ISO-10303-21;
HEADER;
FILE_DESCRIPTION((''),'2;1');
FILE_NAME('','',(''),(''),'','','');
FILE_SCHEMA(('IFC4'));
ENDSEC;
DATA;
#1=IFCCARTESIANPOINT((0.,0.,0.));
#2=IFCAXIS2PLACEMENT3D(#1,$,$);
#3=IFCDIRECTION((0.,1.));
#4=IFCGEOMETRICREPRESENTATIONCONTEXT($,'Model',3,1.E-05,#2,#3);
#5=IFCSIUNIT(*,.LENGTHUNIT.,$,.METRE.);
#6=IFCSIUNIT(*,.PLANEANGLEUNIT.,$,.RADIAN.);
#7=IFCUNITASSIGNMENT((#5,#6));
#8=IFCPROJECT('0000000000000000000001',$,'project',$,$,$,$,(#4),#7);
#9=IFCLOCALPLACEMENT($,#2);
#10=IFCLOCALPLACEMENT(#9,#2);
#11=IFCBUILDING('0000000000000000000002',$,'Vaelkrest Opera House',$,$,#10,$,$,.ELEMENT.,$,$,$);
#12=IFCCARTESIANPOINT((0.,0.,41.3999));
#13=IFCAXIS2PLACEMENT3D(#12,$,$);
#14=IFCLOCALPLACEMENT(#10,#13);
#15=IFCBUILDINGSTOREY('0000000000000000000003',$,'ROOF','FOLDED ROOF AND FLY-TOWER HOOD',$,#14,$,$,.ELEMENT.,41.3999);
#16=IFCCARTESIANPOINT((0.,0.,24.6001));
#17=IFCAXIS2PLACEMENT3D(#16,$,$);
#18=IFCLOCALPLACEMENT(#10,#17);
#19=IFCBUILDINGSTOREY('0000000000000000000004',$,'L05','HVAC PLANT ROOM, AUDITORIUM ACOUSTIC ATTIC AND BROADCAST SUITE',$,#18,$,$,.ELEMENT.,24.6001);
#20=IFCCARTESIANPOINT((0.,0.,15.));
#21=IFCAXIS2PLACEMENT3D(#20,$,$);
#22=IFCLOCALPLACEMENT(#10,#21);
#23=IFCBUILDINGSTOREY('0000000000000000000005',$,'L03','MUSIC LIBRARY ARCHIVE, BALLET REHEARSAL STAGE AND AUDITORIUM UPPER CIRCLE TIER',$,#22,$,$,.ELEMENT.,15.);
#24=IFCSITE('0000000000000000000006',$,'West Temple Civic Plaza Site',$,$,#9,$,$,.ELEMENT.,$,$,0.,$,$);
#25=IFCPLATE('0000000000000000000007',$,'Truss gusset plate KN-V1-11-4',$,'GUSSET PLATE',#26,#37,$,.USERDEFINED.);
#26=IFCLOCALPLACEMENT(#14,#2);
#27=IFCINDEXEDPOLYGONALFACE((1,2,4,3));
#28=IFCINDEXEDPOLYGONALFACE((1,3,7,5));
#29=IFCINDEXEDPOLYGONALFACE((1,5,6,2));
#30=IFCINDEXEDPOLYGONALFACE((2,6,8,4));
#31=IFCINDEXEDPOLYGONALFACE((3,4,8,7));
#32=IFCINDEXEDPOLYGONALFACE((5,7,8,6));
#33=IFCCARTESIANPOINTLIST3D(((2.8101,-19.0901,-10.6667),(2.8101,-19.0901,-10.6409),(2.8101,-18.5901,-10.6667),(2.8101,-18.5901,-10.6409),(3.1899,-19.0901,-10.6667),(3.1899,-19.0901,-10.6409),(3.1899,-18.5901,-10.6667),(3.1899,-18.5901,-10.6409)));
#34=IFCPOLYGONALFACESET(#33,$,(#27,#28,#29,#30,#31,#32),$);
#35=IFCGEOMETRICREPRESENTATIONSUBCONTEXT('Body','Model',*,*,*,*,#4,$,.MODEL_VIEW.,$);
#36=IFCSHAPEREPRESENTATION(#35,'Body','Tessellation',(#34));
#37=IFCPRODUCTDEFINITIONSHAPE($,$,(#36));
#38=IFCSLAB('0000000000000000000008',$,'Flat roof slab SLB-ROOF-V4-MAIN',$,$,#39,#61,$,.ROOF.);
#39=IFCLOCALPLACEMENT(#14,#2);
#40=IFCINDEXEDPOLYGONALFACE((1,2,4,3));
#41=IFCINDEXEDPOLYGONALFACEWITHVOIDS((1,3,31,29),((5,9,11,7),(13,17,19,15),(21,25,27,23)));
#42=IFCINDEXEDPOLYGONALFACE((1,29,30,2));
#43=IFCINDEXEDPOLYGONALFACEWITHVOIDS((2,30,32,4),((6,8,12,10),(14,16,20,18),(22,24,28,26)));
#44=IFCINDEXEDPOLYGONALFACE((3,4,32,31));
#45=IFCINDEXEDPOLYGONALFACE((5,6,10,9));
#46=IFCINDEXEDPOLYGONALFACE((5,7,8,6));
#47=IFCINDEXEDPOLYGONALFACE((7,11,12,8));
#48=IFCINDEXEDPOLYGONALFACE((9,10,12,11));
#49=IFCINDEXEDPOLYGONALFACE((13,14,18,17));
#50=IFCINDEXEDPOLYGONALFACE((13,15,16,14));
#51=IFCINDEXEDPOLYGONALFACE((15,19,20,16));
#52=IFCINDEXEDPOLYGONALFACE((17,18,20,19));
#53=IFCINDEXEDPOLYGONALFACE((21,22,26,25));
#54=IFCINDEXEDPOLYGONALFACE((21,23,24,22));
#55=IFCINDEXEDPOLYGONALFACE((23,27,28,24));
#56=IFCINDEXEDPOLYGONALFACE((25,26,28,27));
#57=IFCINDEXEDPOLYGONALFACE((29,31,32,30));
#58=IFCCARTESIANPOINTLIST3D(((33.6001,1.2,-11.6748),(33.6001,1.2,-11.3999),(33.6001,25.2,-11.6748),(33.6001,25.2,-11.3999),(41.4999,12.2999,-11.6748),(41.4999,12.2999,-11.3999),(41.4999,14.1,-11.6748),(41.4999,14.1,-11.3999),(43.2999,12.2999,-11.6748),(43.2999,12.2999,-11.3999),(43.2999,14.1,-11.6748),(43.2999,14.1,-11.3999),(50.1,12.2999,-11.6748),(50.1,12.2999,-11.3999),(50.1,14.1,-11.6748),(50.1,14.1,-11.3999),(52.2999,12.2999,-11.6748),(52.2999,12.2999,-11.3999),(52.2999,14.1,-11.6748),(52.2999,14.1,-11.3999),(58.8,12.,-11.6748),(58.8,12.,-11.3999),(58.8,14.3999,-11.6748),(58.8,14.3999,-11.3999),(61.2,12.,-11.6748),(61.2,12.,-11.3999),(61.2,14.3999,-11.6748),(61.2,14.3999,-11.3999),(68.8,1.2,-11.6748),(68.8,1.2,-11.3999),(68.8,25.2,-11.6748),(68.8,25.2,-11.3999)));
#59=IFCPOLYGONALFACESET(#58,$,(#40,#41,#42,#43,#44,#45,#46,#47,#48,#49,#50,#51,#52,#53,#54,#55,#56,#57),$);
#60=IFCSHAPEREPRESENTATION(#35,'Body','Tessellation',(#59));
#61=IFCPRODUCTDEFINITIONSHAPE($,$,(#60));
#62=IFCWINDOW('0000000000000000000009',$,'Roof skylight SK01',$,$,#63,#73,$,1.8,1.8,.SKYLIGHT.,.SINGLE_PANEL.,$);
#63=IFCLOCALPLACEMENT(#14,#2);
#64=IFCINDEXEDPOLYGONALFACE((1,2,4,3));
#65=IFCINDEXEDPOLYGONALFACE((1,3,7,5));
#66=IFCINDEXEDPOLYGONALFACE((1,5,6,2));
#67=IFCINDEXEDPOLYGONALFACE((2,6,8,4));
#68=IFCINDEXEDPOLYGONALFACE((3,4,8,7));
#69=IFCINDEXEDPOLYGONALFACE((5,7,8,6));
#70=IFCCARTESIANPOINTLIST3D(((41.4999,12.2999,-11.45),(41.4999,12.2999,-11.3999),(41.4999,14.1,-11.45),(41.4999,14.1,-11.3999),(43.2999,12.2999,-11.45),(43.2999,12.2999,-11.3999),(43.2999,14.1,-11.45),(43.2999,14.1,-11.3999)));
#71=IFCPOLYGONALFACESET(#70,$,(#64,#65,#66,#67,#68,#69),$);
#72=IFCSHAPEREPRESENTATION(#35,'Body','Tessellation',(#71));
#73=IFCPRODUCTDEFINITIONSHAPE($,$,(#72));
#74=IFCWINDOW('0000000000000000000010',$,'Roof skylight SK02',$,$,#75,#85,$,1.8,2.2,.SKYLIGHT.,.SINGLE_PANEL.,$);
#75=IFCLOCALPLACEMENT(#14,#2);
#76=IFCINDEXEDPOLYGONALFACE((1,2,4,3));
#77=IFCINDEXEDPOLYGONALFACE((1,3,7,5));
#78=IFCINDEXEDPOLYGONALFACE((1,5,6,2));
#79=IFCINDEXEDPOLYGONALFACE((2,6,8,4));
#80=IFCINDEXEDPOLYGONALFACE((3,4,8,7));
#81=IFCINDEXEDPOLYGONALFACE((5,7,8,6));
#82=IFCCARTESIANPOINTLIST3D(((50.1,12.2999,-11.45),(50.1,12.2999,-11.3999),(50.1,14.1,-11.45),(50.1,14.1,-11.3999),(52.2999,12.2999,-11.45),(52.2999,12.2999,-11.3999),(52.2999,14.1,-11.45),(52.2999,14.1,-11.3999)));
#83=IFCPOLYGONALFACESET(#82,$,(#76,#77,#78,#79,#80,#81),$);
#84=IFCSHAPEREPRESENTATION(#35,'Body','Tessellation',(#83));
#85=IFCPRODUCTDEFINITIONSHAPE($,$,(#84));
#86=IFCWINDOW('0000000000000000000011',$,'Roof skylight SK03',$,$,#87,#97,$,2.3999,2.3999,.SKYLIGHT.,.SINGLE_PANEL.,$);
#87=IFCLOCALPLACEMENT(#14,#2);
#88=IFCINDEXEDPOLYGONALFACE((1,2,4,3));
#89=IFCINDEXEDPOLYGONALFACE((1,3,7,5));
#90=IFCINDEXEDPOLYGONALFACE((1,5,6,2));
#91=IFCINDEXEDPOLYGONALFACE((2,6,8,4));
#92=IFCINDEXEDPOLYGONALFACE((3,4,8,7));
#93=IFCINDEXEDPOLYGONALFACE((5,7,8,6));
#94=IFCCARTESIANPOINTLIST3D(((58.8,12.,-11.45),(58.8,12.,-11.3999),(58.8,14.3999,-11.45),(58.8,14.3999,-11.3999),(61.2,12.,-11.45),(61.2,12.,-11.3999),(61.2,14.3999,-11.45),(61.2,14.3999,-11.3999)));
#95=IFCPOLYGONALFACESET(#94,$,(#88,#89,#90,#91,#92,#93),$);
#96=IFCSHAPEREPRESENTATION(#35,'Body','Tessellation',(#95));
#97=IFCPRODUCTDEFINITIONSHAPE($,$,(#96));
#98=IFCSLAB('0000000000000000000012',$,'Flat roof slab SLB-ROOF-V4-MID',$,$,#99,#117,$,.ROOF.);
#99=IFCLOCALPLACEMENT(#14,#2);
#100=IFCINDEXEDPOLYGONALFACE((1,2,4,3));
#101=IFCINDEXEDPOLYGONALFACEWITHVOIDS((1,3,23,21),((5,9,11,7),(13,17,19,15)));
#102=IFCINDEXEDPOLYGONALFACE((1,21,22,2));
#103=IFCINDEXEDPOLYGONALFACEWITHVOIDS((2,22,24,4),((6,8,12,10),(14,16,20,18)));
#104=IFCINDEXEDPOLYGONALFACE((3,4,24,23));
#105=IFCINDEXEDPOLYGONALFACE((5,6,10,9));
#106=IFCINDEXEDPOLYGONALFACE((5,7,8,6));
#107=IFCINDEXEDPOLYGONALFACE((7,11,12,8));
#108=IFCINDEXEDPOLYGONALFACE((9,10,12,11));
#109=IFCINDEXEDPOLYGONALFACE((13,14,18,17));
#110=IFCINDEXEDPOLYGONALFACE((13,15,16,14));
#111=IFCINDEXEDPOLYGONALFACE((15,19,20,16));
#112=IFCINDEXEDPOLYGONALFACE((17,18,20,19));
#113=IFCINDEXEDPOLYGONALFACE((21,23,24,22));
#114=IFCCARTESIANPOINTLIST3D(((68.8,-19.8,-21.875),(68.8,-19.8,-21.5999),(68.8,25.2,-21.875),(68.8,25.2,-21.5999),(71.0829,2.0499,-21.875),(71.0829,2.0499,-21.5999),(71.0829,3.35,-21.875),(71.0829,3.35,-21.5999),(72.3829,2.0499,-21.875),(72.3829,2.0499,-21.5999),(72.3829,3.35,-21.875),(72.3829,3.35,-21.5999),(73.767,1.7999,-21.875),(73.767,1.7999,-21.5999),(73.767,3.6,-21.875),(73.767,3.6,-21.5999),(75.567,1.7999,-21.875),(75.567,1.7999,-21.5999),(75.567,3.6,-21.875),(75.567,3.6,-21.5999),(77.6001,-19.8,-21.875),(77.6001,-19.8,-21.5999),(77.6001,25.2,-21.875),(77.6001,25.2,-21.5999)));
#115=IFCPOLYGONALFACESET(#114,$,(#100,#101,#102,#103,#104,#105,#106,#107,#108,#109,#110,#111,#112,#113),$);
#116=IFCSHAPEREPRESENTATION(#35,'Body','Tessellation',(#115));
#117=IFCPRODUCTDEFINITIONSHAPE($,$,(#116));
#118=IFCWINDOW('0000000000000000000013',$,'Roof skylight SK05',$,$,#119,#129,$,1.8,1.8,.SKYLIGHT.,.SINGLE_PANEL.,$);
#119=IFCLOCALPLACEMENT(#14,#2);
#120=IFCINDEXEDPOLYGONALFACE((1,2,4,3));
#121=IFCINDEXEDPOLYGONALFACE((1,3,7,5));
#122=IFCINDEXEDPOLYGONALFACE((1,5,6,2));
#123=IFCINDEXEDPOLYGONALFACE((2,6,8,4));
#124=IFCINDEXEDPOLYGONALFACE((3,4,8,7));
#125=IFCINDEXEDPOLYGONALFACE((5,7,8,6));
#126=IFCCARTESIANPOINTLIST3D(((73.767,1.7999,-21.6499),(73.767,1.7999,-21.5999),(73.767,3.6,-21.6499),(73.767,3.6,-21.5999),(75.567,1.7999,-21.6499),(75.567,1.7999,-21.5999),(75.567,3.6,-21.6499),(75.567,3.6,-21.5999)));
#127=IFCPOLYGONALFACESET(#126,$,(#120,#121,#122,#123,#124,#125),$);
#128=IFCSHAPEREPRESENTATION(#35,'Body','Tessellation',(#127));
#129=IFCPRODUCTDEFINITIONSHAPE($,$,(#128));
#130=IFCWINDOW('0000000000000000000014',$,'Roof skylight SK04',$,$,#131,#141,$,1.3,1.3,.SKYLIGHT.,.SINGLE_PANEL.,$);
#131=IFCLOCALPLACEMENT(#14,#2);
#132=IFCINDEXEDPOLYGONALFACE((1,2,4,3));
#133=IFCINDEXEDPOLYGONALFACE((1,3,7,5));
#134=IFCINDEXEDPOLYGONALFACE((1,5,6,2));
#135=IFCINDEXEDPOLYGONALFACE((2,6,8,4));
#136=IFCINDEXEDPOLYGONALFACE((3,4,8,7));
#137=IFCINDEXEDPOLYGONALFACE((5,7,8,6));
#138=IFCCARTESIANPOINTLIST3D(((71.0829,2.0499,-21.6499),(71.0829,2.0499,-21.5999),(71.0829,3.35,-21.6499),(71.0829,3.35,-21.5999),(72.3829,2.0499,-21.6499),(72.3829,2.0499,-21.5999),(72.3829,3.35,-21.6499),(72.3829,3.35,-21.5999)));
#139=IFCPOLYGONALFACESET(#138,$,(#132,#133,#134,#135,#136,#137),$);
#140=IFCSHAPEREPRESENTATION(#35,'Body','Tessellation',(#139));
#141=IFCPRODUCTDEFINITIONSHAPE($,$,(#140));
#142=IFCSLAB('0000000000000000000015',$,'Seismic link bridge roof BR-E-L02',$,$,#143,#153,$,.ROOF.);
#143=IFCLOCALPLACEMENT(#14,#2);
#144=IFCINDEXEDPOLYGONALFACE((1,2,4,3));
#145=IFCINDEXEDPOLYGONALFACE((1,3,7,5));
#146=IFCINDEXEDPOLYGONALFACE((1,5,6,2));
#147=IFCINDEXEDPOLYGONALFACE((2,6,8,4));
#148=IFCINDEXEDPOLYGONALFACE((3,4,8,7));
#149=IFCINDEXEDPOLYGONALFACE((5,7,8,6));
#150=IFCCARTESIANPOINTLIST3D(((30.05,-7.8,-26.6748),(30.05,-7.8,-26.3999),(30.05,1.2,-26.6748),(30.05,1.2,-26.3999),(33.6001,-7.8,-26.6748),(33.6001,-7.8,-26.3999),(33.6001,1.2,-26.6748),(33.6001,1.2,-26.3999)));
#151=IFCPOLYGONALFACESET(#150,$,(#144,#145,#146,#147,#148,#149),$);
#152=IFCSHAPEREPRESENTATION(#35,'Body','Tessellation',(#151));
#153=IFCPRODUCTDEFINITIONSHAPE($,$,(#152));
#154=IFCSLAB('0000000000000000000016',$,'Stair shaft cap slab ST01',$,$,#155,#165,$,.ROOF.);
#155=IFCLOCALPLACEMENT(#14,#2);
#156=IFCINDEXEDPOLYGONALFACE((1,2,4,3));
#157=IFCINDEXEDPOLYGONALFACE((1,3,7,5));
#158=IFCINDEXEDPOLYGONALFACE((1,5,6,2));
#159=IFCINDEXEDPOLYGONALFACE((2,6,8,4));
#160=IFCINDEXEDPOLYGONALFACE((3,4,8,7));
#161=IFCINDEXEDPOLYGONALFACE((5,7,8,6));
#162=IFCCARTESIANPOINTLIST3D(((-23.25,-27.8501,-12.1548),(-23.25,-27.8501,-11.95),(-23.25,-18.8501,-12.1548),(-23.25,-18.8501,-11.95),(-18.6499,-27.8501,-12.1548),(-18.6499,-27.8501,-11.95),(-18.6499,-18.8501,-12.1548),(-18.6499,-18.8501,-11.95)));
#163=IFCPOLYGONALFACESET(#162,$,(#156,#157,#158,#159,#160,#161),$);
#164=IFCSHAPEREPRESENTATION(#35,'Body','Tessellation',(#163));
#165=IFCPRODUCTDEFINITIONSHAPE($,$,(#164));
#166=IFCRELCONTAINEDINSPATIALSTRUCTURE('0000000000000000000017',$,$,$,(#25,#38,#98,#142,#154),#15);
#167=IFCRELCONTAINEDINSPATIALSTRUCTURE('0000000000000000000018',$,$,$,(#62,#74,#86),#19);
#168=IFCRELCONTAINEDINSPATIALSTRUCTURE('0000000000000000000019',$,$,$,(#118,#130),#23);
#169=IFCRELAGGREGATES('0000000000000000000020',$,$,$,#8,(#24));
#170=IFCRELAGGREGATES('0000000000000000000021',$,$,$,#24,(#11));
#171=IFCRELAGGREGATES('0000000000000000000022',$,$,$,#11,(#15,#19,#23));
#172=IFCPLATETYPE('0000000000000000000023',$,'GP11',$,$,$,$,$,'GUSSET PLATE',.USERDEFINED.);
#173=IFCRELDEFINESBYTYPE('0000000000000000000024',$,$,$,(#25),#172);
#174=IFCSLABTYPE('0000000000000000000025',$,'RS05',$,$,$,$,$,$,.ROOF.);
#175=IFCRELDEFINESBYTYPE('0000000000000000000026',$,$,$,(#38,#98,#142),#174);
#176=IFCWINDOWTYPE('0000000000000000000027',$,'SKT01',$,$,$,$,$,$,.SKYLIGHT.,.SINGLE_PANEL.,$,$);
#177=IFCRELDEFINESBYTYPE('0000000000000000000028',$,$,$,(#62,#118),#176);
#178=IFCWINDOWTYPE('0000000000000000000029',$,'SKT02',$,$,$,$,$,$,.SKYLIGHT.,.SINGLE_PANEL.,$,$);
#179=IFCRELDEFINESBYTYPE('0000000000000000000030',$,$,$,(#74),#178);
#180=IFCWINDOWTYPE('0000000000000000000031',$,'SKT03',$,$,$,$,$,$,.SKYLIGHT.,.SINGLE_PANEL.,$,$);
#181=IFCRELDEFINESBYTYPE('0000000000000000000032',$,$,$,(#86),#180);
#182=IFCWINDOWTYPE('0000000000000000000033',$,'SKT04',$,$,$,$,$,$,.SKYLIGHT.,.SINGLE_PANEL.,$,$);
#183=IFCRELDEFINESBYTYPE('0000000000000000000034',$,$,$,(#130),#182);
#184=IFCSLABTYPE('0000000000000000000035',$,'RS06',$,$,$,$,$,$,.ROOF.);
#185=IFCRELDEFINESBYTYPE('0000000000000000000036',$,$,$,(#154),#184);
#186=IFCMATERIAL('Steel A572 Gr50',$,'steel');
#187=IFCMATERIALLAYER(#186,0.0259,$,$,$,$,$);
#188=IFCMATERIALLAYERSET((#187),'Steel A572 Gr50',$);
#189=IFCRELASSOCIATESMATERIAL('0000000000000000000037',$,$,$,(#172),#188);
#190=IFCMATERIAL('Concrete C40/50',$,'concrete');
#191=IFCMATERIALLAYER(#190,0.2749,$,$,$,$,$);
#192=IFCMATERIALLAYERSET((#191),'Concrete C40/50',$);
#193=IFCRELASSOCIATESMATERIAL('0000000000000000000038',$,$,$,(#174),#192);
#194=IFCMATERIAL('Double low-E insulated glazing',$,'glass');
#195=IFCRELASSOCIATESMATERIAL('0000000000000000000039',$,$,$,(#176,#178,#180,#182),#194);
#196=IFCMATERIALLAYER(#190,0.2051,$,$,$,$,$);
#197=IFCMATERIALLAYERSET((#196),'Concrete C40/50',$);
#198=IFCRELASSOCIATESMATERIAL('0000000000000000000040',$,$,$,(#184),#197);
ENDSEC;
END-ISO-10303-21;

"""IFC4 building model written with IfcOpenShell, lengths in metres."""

from ifc_helpers import new_model, si_unit, direction, frame, origin, origin_2d, place, context, subcontext, project, spatial, polyline, rectangle, outline, extrude, material, layer, layer_set, type_object, element, fill, save


model = new_model("IFC4")

# Units and contexts
model_context = context("Model", 3, precision=1e-05, world=origin(), true_north=direction((0.0, 1.0)))
body_context = subcontext(model_context, "Body", "Model", "MODEL_VIEW")
ifc_project = project(units=[si_unit("LENGTHUNIT", "METRE"), si_unit("PLANEANGLEUNIT", "RADIAN")], contexts=[model_context])

# Site, building, storey
site_placement = place(None, origin())
site = spatial("IfcSite", under=ifc_project, at=site_placement, Name="West Temple Civic Plaza Site", CompositionType="ELEMENT", RefElevation=0.0)
building_placement = place(site_placement, origin())
building = spatial("IfcBuilding", under=site, at=building_placement, Name="Vaelkrest Opera House", CompositionType="ELEMENT")
storey_1_placement = place(building_placement, frame((0.0, 0.0, 41.3999)))
storey_1 = spatial("IfcBuildingStorey", under=building, at=storey_1_placement, Name="ROOF", Description="FOLDED ROOF AND FLY-TOWER HOOD", CompositionType="ELEMENT", Elevation=41.3999)

# Plate
ifc_material_1 = material(Name="Steel A572 Gr50", Category="steel")
ifc_layer_1 = layer(ifc_material_1, 0.0259)
ifc_layer_set_1 = layer_set([ifc_layer_1], Name="Steel A572 Gr50")
plate_type = type_object("IfcPlateType", Name="GP11", ElementType="GUSSET PLATE", PredefinedType="USERDEFINED", material=ifc_layer_set_1)
plate_placement = place(storey_1_placement, frame((3.0, -18.8401, -10.6667), z_axis=(0.0, 0.0, 1.0), x_axis=(0.0, 1.0, 0.0)))
element("IfcPlate", 1, at=plate_placement, inside=storey_1, type_object=plate_type, Name="Truss gusset plate KN-V1-11-4", ObjectType="GUSSET PLATE", PredefinedType="USERDEFINED", context=body_context, shape_type="SweptSolid", body=[
    extrude(rectangle(XDim=0.5, YDim=0.3799, at=origin_2d()), origin(), (0.0, 0.0, 1.0), 0.0259),
])

# Slab, openings
ifc_material_2 = material(Name="Concrete C40/50", Category="concrete")
ifc_layer_2 = layer(ifc_material_2, 0.2749)
ifc_layer_set_2 = layer_set([ifc_layer_2], Name="Concrete C40/50")
slab_type_1 = type_object("IfcSlabType", Name="RS05", PredefinedType="ROOF", material=ifc_layer_set_2)
slab_1_placement = place(storey_1_placement, frame((0.0, 0.0, -11.6748)))
slab_1 = element("IfcSlab", 2, at=slab_1_placement, inside=storey_1, type_object=slab_type_1, Name="Flat roof slab SLB-ROOF-V4-MAIN", PredefinedType="ROOF", context=body_context, shape_type="SweptSolid", body=[
    extrude(outline(polyline([(33.6001, 1.2), (68.8, 1.2), (68.8, 25.2), (33.6001, 25.2), (33.6001, 1.2)])), origin(), (0.0, 0.0, 1.0), 0.2749),
])
opening_1_placement = place(slab_1_placement, frame((42.3999, 13.2, 0.0)))
opening_1 = element("IfcOpeningElement", 3, at=opening_1_placement, cuts=slab_1, PredefinedType="OPENING", context=body_context, shape_type="SweptSolid", body=[
    extrude(rectangle(XDim=1.8, YDim=1.8, at=origin_2d()), frame((0.0, 0.0, -0.01)), (0.0, 0.0, 1.0), 0.2949),
])
opening_2_placement = place(slab_1_placement, frame((51.2, 13.2, 0.0)))
opening_2 = element("IfcOpeningElement", 4, at=opening_2_placement, cuts=slab_1, PredefinedType="OPENING", context=body_context, shape_type="SweptSolid", body=[
    extrude(rectangle(XDim=2.2, YDim=1.8, at=origin_2d()), frame((0.0, 0.0, -0.01)), (0.0, 0.0, 1.0), 0.2949),
])
opening_3_placement = place(slab_1_placement, frame((60.0, 13.2, 0.0)))
opening_3 = element("IfcOpeningElement", 5, at=opening_3_placement, cuts=slab_1, PredefinedType="OPENING", context=body_context, shape_type="SweptSolid", body=[
    extrude(rectangle(XDim=2.3999, YDim=2.3999, at=origin_2d()), frame((0.0, 0.0, -0.01)), (0.0, 0.0, 1.0), 0.2949),
])

# Shared definitions
storey_2_placement = place(building_placement, frame((0.0, 0.0, 24.6001)))
storey_2 = spatial("IfcBuildingStorey", under=building, at=storey_2_placement, Name="L05", Description="HVAC PLANT ROOM, AUDITORIUM ACOUSTIC ATTIC AND BROADCAST SUITE", CompositionType="ELEMENT", Elevation=24.6001)

# Windows
ifc_material_3 = material(Name="Double low-E insulated glazing", Category="glass")
window_type_1 = type_object("IfcWindowType", Name="SKT01", PartitioningType="SINGLE_PANEL", PredefinedType="SKYLIGHT", material=ifc_material_3)
window_1_placement = place(opening_1_placement, frame((0.0, 0.0, 0.2249)))
window_1 = element("IfcWindow", 6, at=window_1_placement, inside=storey_2, type_object=window_type_1, Name="Roof skylight SK01", OverallHeight=1.8, OverallWidth=1.8, PartitioningType="SINGLE_PANEL", PredefinedType="SKYLIGHT", context=body_context, shape_type="SweptSolid", body=[
    extrude(rectangle(XDim=1.8, YDim=1.8, at=origin_2d()), origin(), (0.0, 0.0, 1.0), 0.05),
])
fill(opening_1, window_1)
window_type_2 = type_object("IfcWindowType", Name="SKT02", PartitioningType="SINGLE_PANEL", PredefinedType="SKYLIGHT", material=ifc_material_3)
window_2_placement = place(opening_2_placement, frame((0.0, 0.0, 0.2249)))
window_2 = element("IfcWindow", 7, at=window_2_placement, inside=storey_2, type_object=window_type_2, Name="Roof skylight SK02", OverallHeight=1.8, OverallWidth=2.2, PartitioningType="SINGLE_PANEL", PredefinedType="SKYLIGHT", context=body_context, shape_type="SweptSolid", body=[
    extrude(rectangle(XDim=2.2, YDim=1.8, at=origin_2d()), origin(), (0.0, 0.0, 1.0), 0.05),
])
fill(opening_2, window_2)
window_type_3 = type_object("IfcWindowType", Name="SKT03", PartitioningType="SINGLE_PANEL", PredefinedType="SKYLIGHT", material=ifc_material_3)
window_3_placement = place(opening_3_placement, frame((0.0, 0.0, 0.2249)))
window_3 = element("IfcWindow", 8, at=window_3_placement, inside=storey_2, type_object=window_type_3, Name="Roof skylight SK03", OverallHeight=2.3999, OverallWidth=2.3999, PartitioningType="SINGLE_PANEL", PredefinedType="SKYLIGHT", context=body_context, shape_type="SweptSolid", body=[
    extrude(rectangle(XDim=2.3999, YDim=2.3999, at=origin_2d()), origin(), (0.0, 0.0, 1.0), 0.05),
])
fill(opening_3, window_3)

# Slab, openings
slab_2_placement = place(storey_1_placement, frame((0.0, 0.0, -21.875)))
slab_2 = element("IfcSlab", 9, at=slab_2_placement, inside=storey_1, type_object=slab_type_1, Name="Flat roof slab SLB-ROOF-V4-MID", PredefinedType="ROOF", context=body_context, shape_type="SweptSolid", body=[
    extrude(outline(polyline([(68.8, -19.8), (77.6001, -19.8), (77.6001, 25.2), (68.8, 25.2), (68.8, -19.8)])), origin(), (0.0, 0.0, 1.0), 0.2751),
])
opening_4_placement = place(slab_2_placement, frame((71.7329, 2.7, 0.0)))
opening_4 = element("IfcOpeningElement", 10, at=opening_4_placement, cuts=slab_2, PredefinedType="OPENING", context=body_context, shape_type="SweptSolid", body=[
    extrude(rectangle(XDim=1.3, YDim=1.3, at=origin_2d()), frame((0.0, 0.0, -0.01)), (0.0, 0.0, 1.0), 0.2952),
])
opening_5_placement = place(slab_2_placement, frame((74.667, 2.7, 0.0)))
opening_5 = element("IfcOpeningElement", 11, at=opening_5_placement, cuts=slab_2, PredefinedType="OPENING", context=body_context, shape_type="SweptSolid", body=[
    extrude(rectangle(XDim=1.8, YDim=1.8, at=origin_2d()), frame((0.0, 0.0, -0.01)), (0.0, 0.0, 1.0), 0.2952),
])

# Shared definitions
storey_3_placement = place(building_placement, frame((0.0, 0.0, 15.0)))
storey_3 = spatial("IfcBuildingStorey", under=building, at=storey_3_placement, Name="L03", Description="MUSIC LIBRARY ARCHIVE, BALLET REHEARSAL STAGE AND AUDITORIUM UPPER CIRCLE TIER", CompositionType="ELEMENT", Elevation=15.0)

# Windows
window_4_placement = place(opening_5_placement, frame((0.0, 0.0, 0.2251)))
window_4 = element("IfcWindow", 12, at=window_4_placement, inside=storey_3, type_object=window_type_1, Name="Roof skylight SK05", OverallHeight=1.8, OverallWidth=1.8, PartitioningType="SINGLE_PANEL", PredefinedType="SKYLIGHT", context=body_context, shape_type="SweptSolid", body=[
    extrude(rectangle(XDim=1.8, YDim=1.8, at=origin_2d()), origin(), (0.0, 0.0, 1.0), 0.05),
])
fill(opening_5, window_4)
window_type_4 = type_object("IfcWindowType", Name="SKT04", PartitioningType="SINGLE_PANEL", PredefinedType="SKYLIGHT", material=ifc_material_3)
window_5_placement = place(opening_4_placement, frame((0.0, 0.0, 0.2251)))
window_5 = element("IfcWindow", 13, at=window_5_placement, inside=storey_3, type_object=window_type_4, Name="Roof skylight SK04", OverallHeight=1.3, OverallWidth=1.3, PartitioningType="SINGLE_PANEL", PredefinedType="SKYLIGHT", context=body_context, shape_type="SweptSolid", body=[
    extrude(rectangle(XDim=1.3, YDim=1.3, at=origin_2d()), origin(), (0.0, 0.0, 1.0), 0.05),
])
fill(opening_4, window_5)

# Slabs
slab_3_placement = place(storey_1_placement, frame((0.0, 0.0, -26.6748)))
element("IfcSlab", 14, at=slab_3_placement, inside=storey_1, type_object=slab_type_1, Name="Seismic link bridge roof BR-E-L02", PredefinedType="ROOF", context=body_context, shape_type="SweptSolid", body=[
    extrude(outline(polyline([(30.05, -7.8), (33.6001, -7.8), (33.6001, 1.2), (30.05, 1.2), (30.05, -7.8)])), origin(), (0.0, 0.0, 1.0), 0.2749),
])
ifc_layer_3 = layer(ifc_material_2, 0.2051)
ifc_layer_set_3 = layer_set([ifc_layer_3], Name="Concrete C40/50")
slab_type_2 = type_object("IfcSlabType", Name="RS06", PredefinedType="ROOF", material=ifc_layer_set_3)
slab_4_placement = place(storey_1_placement, frame((0.0, 0.0, -12.1548)))
element("IfcSlab", 15, at=slab_4_placement, inside=storey_1, type_object=slab_type_2, Name="Stair shaft cap slab ST01", PredefinedType="ROOF", context=body_context, shape_type="SweptSolid", body=[
    extrude(outline(polyline([(-23.25, -27.8501), (-18.6499, -27.8501), (-18.6499, -18.8501), (-23.25, -18.8501), (-23.25, -27.8501)])), origin(), (0.0, 0.0, 1.0), 0.2048),
])

save(model, "model.ifc")
